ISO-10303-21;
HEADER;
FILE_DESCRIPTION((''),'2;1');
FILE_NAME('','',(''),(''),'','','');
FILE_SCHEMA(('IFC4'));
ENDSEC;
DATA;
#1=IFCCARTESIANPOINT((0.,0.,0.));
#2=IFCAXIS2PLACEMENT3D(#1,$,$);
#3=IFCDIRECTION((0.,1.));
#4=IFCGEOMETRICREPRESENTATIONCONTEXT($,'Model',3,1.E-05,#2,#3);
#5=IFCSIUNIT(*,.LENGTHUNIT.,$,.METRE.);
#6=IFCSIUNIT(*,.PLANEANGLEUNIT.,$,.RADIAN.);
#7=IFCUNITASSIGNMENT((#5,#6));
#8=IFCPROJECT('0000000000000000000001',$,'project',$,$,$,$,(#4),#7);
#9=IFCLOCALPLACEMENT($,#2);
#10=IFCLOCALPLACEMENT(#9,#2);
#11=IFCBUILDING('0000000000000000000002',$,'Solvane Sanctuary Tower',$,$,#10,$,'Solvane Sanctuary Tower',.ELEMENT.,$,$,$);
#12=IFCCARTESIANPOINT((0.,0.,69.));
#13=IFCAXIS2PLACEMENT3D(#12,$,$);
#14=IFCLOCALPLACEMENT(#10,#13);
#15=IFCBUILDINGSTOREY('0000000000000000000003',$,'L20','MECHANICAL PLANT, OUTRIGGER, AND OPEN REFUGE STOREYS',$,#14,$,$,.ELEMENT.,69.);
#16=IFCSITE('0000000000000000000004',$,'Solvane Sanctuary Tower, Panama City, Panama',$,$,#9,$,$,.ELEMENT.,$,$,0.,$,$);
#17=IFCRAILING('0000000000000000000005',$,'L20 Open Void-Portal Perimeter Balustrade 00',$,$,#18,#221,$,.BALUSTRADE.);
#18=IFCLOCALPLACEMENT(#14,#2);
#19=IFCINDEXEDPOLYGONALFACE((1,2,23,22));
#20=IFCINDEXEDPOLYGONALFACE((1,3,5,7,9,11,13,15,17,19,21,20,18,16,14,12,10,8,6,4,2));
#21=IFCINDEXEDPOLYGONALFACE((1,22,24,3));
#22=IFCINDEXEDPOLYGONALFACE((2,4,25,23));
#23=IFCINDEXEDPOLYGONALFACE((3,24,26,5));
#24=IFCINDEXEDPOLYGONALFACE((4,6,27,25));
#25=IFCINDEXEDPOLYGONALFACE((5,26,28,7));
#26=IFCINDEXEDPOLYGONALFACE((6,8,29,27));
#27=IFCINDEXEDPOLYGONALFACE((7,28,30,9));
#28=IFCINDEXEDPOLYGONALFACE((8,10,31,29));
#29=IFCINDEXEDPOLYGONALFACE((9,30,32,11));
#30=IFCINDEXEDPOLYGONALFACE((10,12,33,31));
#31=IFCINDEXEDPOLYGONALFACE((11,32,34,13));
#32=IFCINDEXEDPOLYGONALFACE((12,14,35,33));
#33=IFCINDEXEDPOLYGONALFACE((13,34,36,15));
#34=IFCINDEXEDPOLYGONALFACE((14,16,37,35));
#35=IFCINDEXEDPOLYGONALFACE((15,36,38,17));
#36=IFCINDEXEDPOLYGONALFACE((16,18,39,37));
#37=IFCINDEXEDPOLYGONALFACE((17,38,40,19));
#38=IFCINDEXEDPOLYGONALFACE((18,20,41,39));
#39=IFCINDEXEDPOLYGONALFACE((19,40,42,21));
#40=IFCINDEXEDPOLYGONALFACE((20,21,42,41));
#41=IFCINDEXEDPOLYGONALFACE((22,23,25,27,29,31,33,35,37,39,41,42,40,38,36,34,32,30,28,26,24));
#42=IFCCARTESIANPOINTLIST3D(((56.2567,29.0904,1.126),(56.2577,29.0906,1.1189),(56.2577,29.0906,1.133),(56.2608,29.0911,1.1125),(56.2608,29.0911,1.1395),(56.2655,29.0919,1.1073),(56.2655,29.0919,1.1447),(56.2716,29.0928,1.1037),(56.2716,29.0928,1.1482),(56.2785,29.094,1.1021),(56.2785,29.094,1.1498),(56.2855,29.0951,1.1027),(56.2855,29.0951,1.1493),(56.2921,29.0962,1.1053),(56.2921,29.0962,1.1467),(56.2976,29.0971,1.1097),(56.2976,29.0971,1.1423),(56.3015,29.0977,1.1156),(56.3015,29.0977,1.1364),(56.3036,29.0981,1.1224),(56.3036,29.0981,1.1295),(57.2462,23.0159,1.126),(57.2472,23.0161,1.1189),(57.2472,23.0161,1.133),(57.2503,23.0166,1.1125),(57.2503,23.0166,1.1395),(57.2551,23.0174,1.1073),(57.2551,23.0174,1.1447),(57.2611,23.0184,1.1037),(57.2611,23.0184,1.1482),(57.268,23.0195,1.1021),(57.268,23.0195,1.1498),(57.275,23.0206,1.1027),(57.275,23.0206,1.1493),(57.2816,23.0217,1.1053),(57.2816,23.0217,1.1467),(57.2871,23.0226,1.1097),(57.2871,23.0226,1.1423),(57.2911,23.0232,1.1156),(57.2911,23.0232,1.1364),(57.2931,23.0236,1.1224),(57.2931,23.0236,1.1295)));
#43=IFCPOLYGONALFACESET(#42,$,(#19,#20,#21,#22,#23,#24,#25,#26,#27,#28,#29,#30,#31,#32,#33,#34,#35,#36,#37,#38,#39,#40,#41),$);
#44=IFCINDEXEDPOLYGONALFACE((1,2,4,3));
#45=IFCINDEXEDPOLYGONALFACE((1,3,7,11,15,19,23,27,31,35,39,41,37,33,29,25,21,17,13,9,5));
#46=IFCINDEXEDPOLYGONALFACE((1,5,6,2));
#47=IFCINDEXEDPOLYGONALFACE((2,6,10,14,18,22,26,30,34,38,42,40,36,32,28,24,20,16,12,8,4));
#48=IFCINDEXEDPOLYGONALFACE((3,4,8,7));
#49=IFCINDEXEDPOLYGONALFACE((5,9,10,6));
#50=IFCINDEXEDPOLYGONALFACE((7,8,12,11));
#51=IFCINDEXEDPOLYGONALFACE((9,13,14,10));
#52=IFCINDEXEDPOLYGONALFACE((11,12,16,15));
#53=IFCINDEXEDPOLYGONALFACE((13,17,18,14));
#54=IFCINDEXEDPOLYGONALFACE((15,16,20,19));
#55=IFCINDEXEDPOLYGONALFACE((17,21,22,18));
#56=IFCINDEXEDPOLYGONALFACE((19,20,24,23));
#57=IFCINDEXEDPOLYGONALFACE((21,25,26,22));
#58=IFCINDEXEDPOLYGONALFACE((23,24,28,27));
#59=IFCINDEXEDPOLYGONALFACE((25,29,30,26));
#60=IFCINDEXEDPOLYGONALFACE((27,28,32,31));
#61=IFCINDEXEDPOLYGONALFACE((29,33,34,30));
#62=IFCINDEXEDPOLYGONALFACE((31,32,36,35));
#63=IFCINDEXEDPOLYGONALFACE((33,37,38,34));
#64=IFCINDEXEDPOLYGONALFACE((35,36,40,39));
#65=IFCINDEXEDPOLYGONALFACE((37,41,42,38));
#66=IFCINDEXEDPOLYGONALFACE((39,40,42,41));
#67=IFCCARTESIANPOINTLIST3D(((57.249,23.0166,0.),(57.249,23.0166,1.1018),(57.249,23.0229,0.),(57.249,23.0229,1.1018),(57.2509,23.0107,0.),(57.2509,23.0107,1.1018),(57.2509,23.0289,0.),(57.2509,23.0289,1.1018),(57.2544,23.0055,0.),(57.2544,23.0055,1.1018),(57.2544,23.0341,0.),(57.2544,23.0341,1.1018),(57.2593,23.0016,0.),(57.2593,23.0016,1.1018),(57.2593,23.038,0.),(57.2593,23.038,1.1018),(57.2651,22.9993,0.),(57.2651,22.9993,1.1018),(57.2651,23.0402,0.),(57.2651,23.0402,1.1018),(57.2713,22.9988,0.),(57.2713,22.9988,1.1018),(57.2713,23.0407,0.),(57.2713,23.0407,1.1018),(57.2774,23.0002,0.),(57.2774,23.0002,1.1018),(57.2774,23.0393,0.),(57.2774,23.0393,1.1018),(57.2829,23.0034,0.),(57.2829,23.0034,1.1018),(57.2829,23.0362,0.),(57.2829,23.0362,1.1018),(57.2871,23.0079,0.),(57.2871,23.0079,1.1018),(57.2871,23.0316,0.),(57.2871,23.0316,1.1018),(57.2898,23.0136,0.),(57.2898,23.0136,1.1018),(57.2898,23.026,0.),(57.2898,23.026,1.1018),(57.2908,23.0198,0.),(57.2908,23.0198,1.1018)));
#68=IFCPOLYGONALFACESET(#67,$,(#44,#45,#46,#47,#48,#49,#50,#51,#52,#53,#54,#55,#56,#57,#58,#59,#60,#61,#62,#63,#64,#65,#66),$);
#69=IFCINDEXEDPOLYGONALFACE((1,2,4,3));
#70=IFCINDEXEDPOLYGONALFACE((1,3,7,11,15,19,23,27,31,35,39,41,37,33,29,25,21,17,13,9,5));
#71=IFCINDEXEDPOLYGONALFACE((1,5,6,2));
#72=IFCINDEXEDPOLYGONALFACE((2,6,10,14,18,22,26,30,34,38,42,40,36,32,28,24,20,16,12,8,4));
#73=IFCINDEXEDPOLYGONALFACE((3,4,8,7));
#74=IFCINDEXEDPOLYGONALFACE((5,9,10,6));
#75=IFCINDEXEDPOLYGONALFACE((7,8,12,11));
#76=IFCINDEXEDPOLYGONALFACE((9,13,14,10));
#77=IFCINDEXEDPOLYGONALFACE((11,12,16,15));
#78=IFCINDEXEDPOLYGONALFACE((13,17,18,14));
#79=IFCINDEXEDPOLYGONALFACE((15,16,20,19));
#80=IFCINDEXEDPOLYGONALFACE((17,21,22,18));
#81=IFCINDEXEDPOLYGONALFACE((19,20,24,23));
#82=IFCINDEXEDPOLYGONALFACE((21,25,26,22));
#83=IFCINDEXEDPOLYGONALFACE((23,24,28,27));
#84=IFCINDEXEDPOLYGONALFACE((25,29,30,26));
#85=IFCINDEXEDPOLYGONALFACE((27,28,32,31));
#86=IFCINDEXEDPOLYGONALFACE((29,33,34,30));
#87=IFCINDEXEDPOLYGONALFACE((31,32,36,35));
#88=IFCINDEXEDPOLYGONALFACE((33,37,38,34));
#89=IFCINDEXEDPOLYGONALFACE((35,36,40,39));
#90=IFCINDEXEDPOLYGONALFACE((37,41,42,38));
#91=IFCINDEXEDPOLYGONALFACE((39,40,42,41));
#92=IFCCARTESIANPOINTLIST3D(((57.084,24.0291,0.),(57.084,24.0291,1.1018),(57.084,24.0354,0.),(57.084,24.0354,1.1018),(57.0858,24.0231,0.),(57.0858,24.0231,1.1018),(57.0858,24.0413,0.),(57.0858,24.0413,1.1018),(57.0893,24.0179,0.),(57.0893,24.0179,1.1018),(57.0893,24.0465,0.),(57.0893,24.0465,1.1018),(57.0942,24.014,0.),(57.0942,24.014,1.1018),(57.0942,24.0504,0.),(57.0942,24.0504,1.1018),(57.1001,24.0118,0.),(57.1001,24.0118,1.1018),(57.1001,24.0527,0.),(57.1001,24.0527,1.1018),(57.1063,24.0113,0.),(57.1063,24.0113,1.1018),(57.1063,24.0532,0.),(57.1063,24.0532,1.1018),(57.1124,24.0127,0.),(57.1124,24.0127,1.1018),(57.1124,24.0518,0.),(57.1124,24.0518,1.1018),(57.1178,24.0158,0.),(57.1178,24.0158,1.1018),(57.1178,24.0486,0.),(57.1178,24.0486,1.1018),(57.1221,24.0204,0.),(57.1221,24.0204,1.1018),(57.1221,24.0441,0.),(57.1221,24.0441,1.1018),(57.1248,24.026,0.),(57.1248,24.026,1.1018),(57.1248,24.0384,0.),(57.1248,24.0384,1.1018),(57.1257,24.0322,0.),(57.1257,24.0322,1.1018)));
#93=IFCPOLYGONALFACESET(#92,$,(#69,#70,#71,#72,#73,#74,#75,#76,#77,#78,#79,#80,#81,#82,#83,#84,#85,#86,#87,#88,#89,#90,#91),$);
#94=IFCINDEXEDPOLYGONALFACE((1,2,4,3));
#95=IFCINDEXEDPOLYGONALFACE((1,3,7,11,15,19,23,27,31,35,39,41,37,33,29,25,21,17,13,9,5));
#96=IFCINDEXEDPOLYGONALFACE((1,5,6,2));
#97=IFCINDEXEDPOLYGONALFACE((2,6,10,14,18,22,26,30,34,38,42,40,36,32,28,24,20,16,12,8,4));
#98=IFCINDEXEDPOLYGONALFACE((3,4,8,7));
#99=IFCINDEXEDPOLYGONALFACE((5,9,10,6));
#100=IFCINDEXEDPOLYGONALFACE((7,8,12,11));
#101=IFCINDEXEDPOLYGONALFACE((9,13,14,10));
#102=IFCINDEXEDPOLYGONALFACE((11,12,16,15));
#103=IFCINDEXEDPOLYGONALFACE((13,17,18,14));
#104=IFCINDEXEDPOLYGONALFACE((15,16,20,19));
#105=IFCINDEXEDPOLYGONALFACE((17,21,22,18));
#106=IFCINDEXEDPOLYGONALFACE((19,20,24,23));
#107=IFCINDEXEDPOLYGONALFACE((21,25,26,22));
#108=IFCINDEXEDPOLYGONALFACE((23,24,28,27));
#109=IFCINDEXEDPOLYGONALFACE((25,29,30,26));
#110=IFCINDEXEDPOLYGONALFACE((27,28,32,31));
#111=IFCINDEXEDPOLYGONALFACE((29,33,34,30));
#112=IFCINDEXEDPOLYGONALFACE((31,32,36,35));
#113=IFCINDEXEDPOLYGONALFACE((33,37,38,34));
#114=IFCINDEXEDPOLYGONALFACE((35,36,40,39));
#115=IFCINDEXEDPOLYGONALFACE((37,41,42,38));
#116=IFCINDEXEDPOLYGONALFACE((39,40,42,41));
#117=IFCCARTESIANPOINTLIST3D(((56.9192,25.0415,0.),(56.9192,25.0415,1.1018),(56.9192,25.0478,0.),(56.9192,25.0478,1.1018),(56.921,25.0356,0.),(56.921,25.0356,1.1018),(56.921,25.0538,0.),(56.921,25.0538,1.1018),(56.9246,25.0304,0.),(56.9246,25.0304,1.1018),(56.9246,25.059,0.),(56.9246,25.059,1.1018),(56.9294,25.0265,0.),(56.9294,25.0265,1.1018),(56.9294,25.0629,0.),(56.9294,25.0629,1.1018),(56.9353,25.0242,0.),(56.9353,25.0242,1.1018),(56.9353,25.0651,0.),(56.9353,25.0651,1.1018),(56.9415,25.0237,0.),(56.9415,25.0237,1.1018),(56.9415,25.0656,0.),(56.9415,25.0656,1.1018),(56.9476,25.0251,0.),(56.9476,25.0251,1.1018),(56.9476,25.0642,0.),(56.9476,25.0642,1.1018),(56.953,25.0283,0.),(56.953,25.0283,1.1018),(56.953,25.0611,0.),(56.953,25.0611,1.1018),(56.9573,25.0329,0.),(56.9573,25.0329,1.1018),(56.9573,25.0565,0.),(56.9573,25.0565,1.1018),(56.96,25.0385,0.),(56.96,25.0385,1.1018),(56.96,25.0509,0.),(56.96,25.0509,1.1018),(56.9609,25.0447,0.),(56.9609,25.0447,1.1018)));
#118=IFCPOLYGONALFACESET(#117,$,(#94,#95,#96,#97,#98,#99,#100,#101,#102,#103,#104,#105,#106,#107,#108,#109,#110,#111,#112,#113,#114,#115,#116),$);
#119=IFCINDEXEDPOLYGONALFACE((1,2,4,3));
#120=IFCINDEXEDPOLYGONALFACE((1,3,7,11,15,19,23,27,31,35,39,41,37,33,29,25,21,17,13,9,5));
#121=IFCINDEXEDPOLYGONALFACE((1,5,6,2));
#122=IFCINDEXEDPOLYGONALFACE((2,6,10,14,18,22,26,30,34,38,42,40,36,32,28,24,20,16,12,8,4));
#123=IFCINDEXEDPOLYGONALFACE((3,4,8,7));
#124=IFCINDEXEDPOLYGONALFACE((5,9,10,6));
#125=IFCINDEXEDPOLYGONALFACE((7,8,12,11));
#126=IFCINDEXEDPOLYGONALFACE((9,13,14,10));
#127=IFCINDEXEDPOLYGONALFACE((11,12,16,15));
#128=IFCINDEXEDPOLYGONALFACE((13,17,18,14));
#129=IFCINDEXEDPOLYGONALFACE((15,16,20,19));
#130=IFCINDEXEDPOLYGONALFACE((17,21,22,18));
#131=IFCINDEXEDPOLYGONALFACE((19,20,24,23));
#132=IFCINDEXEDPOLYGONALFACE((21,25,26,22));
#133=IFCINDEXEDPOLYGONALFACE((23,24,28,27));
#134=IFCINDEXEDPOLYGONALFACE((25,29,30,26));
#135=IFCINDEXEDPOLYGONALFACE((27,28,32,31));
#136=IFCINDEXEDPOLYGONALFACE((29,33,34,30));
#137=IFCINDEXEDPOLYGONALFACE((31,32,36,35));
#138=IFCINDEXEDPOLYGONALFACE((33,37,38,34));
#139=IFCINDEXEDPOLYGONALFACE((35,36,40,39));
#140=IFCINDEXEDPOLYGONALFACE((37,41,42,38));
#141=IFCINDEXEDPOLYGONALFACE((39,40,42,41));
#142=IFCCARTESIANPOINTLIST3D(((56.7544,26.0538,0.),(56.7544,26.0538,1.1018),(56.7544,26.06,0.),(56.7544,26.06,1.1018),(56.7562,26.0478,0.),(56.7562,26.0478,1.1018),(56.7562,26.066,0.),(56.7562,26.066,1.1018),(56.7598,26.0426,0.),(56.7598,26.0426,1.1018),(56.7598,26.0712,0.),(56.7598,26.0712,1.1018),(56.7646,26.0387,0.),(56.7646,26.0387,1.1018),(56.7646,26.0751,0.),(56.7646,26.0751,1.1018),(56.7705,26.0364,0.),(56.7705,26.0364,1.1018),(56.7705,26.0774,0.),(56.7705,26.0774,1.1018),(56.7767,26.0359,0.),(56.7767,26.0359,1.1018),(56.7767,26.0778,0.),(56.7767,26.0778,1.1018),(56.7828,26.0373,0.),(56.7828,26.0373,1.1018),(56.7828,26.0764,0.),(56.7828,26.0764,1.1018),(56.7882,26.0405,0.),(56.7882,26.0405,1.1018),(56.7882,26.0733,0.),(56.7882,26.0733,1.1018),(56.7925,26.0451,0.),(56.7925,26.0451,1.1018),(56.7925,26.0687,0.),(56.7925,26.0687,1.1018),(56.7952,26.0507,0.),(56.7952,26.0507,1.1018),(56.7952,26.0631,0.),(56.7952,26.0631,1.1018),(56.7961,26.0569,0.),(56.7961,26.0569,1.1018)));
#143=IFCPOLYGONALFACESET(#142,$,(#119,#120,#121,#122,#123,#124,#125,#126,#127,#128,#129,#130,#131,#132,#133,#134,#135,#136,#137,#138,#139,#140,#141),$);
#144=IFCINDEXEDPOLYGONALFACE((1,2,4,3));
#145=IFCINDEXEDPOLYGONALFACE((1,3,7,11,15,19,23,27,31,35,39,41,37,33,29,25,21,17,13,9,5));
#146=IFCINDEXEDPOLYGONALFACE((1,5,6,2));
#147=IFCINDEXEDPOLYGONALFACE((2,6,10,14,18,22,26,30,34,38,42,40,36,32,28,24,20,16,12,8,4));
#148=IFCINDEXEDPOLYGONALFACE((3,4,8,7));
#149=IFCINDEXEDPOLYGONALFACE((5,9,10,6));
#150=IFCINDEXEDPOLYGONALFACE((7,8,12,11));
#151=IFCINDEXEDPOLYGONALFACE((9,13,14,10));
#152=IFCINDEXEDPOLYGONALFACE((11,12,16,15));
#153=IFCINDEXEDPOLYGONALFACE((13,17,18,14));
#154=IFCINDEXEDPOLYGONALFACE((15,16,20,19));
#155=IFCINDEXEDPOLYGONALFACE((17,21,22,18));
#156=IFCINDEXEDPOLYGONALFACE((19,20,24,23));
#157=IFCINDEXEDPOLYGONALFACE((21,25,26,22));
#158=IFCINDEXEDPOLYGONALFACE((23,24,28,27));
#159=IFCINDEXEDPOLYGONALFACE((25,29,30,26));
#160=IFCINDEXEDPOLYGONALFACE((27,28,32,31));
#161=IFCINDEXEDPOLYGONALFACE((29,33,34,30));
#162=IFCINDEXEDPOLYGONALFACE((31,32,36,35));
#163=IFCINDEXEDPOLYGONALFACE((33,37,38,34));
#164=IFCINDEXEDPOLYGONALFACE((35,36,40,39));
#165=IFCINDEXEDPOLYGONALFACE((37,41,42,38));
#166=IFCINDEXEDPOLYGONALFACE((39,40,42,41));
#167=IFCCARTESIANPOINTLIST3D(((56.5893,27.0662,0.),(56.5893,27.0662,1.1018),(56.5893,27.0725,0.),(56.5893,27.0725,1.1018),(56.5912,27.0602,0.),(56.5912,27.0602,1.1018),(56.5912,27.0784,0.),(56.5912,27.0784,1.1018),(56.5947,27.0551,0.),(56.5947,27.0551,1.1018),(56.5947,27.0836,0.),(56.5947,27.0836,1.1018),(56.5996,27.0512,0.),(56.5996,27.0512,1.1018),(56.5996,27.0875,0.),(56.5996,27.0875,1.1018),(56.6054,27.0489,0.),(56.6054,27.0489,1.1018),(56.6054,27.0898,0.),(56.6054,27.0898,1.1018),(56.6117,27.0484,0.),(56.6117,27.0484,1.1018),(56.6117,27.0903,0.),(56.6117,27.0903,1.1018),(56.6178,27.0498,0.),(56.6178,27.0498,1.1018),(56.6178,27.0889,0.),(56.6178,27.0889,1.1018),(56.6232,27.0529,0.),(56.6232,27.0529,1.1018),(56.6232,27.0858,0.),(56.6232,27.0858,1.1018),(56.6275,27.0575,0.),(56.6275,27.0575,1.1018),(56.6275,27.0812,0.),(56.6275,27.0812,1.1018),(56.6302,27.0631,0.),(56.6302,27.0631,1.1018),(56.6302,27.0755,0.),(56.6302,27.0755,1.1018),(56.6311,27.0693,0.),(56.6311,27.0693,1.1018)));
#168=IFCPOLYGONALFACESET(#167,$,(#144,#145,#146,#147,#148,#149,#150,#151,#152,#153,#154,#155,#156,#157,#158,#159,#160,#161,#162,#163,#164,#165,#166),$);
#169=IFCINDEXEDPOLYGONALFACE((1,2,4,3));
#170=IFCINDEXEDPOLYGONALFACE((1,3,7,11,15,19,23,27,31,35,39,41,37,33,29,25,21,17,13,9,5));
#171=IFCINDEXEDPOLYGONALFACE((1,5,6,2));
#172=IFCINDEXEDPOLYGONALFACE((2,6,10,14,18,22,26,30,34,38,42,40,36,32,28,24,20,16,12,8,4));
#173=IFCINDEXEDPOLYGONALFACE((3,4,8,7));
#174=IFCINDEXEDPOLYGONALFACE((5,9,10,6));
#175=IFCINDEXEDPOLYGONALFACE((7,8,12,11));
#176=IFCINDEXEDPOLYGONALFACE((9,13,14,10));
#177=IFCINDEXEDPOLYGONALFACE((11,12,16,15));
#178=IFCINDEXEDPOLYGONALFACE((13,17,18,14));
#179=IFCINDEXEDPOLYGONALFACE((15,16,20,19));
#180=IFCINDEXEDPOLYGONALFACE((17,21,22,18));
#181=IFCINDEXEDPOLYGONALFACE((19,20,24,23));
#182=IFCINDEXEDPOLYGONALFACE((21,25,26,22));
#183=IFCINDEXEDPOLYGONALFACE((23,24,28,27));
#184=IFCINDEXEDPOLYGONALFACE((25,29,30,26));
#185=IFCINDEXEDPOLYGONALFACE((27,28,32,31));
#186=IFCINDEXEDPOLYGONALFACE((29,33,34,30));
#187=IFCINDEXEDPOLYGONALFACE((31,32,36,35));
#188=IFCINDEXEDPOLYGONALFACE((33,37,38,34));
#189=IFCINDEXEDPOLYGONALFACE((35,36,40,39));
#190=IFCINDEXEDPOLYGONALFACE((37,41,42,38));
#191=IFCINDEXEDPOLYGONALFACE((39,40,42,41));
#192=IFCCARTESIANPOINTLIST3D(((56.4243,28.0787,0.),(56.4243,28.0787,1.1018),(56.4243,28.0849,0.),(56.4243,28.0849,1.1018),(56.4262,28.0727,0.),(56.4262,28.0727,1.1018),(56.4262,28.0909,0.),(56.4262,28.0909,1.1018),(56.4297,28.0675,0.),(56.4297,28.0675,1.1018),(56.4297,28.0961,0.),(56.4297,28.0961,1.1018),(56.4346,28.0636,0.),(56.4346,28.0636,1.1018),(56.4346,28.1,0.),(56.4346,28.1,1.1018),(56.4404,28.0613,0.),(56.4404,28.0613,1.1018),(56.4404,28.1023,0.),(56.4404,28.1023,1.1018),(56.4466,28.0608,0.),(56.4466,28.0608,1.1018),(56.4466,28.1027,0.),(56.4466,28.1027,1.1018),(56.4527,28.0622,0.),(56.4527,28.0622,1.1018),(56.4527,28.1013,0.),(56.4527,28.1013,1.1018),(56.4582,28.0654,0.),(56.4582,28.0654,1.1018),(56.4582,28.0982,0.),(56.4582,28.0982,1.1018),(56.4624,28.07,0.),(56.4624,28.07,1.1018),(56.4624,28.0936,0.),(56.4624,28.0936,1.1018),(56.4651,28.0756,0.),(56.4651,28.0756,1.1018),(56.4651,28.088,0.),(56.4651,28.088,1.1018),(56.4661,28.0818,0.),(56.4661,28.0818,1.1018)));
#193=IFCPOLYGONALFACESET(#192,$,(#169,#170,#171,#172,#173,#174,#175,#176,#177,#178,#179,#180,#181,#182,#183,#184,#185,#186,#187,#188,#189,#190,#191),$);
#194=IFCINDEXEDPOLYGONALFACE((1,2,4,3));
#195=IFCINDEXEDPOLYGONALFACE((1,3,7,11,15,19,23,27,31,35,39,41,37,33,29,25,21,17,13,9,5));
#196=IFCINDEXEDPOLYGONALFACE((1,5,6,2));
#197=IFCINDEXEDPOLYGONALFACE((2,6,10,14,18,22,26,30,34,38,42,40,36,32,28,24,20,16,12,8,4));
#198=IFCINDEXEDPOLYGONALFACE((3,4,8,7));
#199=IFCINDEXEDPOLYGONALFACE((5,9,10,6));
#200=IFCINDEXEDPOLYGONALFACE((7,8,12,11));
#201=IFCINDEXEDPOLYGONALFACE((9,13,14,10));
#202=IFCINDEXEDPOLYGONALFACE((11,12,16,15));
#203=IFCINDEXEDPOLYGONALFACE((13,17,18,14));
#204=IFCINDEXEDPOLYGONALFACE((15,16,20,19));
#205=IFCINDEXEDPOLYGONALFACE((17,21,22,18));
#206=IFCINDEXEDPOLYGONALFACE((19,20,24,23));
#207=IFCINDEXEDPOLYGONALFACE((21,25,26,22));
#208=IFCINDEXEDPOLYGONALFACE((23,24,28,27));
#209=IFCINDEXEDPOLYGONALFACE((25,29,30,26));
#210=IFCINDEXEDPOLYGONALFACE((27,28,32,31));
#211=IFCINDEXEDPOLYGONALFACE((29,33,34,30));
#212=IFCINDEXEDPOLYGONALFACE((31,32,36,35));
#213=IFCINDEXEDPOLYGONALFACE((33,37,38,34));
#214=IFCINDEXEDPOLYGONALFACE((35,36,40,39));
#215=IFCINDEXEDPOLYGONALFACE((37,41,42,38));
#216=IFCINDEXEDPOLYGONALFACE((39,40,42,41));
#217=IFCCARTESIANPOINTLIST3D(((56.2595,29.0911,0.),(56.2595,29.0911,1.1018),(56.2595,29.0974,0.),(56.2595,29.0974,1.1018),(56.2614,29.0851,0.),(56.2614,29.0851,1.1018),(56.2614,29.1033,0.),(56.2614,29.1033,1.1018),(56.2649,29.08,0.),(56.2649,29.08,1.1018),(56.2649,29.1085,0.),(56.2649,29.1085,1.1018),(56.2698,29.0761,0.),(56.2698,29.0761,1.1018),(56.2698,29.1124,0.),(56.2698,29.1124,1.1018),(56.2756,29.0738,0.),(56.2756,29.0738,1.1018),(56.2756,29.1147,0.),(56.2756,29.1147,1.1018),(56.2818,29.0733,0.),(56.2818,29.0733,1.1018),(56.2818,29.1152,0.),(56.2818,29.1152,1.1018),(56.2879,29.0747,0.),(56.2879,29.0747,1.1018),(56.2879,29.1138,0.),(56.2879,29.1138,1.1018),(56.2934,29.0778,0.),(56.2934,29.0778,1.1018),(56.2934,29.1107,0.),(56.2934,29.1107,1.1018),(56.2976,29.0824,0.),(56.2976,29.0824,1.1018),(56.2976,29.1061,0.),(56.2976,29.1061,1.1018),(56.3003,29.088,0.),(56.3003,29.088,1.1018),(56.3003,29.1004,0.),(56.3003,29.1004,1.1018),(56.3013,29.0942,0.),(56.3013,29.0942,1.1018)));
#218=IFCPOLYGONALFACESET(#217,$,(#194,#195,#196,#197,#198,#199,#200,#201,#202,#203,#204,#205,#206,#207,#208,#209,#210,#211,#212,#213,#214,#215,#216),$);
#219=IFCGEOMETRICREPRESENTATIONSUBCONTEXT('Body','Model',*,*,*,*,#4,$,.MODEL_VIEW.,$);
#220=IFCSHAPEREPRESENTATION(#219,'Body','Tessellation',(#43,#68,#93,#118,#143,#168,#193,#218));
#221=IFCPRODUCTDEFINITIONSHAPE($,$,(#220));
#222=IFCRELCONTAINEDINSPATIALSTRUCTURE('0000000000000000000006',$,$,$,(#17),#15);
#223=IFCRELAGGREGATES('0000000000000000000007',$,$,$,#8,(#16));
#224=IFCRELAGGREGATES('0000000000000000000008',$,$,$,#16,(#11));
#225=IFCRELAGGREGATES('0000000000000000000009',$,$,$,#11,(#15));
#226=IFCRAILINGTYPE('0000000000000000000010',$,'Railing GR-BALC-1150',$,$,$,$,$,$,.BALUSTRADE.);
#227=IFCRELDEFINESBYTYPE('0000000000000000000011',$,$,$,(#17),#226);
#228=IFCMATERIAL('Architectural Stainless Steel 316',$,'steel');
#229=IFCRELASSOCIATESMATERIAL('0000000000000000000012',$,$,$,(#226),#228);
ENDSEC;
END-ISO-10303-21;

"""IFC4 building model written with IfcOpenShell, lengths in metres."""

from ifc_helpers import new_model, si_unit, direction, frame, origin, origin_2d, place, context, subcontext, project, spatial, circle, extrude, material, type_object, element, save


model = new_model("IFC4")

# Units and contexts
model_context = context("Model", 3, precision=1e-05, world=origin(), true_north=direction((0.0, 1.0)))
body_context = subcontext(model_context, "Body", "Model", "MODEL_VIEW")
ifc_project = project(units=[si_unit("LENGTHUNIT", "METRE"), si_unit("PLANEANGLEUNIT", "RADIAN")], contexts=[model_context])

# Site, building, storey
site_placement = place(None, origin())
site = spatial("IfcSite", under=ifc_project, at=site_placement, Name="Solvane Sanctuary Tower, Panama City, Panama", CompositionType="ELEMENT", RefElevation=0.0)
building_placement = place(site_placement, origin())
building = spatial("IfcBuilding", under=site, at=building_placement, Name="Solvane Sanctuary Tower", LongName="Solvane Sanctuary Tower", CompositionType="ELEMENT")
storey_placement = place(building_placement, frame((0.0, 0.0, 69.0)))
storey = spatial("IfcBuildingStorey", under=building, at=storey_placement, Name="L20", Description="MECHANICAL PLANT, OUTRIGGER, AND OPEN REFUGE STOREYS", CompositionType="ELEMENT", Elevation=69.0)

# Shared definitions
ifc_material_1 = material(Name="Architectural Stainless Steel 316", Category="steel")

# Railing
railing_type_1 = type_object("IfcRailingType", Name="Railing GR-BALC-1150", PredefinedType="BALUSTRADE", material=ifc_material_1)
railing_1_placement = place(storey_placement, frame((57.2698, 23.0198, 0.0)))
element("IfcRailing", 1, at=railing_1_placement, inside=storey, type_object=railing_type_1, Name="L20 Open Void-Portal Perimeter Balustrade 00", PredefinedType="BALUSTRADE", context=body_context, shape_type="SweptSolid", body=[
    extrude(circle(Radius=0.0239, at=origin_2d()), frame((0.0, 0.0, 1.126), z_axis=(-0.160776, 0.986991, 0.0), x_axis=(-0.986991, -0.160776, 0.0)), (0.0, 0.0, 1.0), 6.1545),
    extrude(circle(Radius=0.021, at=origin_2d()), origin(), (0.0, 0.0, 1.0), 1.1018),
    extrude(circle(Radius=0.021, at=origin_2d()), frame((-0.165, 1.0125, 0.0)), (0.0, 0.0, 1.0), 1.1018),
    extrude(circle(Radius=0.021, at=origin_2d()), frame((-0.3298, 2.0249, 0.0)), (0.0, 0.0, 1.0), 1.1018),
    extrude(circle(Radius=0.021, at=origin_2d()), frame((-0.4946, 3.0371, 0.0)), (0.0, 0.0, 1.0), 1.1018),
    extrude(circle(Radius=0.021, at=origin_2d()), frame((-0.6597, 4.0496, 0.0)), (0.0, 0.0, 1.0), 1.1018),
    extrude(circle(Radius=0.021, at=origin_2d()), frame((-0.8247, 5.062, 0.0)), (0.0, 0.0, 1.0), 1.1018),
    extrude(circle(Radius=0.021, at=origin_2d()), frame((-0.9895, 6.0745, 0.0)), (0.0, 0.0, 1.0), 1.1018),
])

save(model, "model.ifc")
